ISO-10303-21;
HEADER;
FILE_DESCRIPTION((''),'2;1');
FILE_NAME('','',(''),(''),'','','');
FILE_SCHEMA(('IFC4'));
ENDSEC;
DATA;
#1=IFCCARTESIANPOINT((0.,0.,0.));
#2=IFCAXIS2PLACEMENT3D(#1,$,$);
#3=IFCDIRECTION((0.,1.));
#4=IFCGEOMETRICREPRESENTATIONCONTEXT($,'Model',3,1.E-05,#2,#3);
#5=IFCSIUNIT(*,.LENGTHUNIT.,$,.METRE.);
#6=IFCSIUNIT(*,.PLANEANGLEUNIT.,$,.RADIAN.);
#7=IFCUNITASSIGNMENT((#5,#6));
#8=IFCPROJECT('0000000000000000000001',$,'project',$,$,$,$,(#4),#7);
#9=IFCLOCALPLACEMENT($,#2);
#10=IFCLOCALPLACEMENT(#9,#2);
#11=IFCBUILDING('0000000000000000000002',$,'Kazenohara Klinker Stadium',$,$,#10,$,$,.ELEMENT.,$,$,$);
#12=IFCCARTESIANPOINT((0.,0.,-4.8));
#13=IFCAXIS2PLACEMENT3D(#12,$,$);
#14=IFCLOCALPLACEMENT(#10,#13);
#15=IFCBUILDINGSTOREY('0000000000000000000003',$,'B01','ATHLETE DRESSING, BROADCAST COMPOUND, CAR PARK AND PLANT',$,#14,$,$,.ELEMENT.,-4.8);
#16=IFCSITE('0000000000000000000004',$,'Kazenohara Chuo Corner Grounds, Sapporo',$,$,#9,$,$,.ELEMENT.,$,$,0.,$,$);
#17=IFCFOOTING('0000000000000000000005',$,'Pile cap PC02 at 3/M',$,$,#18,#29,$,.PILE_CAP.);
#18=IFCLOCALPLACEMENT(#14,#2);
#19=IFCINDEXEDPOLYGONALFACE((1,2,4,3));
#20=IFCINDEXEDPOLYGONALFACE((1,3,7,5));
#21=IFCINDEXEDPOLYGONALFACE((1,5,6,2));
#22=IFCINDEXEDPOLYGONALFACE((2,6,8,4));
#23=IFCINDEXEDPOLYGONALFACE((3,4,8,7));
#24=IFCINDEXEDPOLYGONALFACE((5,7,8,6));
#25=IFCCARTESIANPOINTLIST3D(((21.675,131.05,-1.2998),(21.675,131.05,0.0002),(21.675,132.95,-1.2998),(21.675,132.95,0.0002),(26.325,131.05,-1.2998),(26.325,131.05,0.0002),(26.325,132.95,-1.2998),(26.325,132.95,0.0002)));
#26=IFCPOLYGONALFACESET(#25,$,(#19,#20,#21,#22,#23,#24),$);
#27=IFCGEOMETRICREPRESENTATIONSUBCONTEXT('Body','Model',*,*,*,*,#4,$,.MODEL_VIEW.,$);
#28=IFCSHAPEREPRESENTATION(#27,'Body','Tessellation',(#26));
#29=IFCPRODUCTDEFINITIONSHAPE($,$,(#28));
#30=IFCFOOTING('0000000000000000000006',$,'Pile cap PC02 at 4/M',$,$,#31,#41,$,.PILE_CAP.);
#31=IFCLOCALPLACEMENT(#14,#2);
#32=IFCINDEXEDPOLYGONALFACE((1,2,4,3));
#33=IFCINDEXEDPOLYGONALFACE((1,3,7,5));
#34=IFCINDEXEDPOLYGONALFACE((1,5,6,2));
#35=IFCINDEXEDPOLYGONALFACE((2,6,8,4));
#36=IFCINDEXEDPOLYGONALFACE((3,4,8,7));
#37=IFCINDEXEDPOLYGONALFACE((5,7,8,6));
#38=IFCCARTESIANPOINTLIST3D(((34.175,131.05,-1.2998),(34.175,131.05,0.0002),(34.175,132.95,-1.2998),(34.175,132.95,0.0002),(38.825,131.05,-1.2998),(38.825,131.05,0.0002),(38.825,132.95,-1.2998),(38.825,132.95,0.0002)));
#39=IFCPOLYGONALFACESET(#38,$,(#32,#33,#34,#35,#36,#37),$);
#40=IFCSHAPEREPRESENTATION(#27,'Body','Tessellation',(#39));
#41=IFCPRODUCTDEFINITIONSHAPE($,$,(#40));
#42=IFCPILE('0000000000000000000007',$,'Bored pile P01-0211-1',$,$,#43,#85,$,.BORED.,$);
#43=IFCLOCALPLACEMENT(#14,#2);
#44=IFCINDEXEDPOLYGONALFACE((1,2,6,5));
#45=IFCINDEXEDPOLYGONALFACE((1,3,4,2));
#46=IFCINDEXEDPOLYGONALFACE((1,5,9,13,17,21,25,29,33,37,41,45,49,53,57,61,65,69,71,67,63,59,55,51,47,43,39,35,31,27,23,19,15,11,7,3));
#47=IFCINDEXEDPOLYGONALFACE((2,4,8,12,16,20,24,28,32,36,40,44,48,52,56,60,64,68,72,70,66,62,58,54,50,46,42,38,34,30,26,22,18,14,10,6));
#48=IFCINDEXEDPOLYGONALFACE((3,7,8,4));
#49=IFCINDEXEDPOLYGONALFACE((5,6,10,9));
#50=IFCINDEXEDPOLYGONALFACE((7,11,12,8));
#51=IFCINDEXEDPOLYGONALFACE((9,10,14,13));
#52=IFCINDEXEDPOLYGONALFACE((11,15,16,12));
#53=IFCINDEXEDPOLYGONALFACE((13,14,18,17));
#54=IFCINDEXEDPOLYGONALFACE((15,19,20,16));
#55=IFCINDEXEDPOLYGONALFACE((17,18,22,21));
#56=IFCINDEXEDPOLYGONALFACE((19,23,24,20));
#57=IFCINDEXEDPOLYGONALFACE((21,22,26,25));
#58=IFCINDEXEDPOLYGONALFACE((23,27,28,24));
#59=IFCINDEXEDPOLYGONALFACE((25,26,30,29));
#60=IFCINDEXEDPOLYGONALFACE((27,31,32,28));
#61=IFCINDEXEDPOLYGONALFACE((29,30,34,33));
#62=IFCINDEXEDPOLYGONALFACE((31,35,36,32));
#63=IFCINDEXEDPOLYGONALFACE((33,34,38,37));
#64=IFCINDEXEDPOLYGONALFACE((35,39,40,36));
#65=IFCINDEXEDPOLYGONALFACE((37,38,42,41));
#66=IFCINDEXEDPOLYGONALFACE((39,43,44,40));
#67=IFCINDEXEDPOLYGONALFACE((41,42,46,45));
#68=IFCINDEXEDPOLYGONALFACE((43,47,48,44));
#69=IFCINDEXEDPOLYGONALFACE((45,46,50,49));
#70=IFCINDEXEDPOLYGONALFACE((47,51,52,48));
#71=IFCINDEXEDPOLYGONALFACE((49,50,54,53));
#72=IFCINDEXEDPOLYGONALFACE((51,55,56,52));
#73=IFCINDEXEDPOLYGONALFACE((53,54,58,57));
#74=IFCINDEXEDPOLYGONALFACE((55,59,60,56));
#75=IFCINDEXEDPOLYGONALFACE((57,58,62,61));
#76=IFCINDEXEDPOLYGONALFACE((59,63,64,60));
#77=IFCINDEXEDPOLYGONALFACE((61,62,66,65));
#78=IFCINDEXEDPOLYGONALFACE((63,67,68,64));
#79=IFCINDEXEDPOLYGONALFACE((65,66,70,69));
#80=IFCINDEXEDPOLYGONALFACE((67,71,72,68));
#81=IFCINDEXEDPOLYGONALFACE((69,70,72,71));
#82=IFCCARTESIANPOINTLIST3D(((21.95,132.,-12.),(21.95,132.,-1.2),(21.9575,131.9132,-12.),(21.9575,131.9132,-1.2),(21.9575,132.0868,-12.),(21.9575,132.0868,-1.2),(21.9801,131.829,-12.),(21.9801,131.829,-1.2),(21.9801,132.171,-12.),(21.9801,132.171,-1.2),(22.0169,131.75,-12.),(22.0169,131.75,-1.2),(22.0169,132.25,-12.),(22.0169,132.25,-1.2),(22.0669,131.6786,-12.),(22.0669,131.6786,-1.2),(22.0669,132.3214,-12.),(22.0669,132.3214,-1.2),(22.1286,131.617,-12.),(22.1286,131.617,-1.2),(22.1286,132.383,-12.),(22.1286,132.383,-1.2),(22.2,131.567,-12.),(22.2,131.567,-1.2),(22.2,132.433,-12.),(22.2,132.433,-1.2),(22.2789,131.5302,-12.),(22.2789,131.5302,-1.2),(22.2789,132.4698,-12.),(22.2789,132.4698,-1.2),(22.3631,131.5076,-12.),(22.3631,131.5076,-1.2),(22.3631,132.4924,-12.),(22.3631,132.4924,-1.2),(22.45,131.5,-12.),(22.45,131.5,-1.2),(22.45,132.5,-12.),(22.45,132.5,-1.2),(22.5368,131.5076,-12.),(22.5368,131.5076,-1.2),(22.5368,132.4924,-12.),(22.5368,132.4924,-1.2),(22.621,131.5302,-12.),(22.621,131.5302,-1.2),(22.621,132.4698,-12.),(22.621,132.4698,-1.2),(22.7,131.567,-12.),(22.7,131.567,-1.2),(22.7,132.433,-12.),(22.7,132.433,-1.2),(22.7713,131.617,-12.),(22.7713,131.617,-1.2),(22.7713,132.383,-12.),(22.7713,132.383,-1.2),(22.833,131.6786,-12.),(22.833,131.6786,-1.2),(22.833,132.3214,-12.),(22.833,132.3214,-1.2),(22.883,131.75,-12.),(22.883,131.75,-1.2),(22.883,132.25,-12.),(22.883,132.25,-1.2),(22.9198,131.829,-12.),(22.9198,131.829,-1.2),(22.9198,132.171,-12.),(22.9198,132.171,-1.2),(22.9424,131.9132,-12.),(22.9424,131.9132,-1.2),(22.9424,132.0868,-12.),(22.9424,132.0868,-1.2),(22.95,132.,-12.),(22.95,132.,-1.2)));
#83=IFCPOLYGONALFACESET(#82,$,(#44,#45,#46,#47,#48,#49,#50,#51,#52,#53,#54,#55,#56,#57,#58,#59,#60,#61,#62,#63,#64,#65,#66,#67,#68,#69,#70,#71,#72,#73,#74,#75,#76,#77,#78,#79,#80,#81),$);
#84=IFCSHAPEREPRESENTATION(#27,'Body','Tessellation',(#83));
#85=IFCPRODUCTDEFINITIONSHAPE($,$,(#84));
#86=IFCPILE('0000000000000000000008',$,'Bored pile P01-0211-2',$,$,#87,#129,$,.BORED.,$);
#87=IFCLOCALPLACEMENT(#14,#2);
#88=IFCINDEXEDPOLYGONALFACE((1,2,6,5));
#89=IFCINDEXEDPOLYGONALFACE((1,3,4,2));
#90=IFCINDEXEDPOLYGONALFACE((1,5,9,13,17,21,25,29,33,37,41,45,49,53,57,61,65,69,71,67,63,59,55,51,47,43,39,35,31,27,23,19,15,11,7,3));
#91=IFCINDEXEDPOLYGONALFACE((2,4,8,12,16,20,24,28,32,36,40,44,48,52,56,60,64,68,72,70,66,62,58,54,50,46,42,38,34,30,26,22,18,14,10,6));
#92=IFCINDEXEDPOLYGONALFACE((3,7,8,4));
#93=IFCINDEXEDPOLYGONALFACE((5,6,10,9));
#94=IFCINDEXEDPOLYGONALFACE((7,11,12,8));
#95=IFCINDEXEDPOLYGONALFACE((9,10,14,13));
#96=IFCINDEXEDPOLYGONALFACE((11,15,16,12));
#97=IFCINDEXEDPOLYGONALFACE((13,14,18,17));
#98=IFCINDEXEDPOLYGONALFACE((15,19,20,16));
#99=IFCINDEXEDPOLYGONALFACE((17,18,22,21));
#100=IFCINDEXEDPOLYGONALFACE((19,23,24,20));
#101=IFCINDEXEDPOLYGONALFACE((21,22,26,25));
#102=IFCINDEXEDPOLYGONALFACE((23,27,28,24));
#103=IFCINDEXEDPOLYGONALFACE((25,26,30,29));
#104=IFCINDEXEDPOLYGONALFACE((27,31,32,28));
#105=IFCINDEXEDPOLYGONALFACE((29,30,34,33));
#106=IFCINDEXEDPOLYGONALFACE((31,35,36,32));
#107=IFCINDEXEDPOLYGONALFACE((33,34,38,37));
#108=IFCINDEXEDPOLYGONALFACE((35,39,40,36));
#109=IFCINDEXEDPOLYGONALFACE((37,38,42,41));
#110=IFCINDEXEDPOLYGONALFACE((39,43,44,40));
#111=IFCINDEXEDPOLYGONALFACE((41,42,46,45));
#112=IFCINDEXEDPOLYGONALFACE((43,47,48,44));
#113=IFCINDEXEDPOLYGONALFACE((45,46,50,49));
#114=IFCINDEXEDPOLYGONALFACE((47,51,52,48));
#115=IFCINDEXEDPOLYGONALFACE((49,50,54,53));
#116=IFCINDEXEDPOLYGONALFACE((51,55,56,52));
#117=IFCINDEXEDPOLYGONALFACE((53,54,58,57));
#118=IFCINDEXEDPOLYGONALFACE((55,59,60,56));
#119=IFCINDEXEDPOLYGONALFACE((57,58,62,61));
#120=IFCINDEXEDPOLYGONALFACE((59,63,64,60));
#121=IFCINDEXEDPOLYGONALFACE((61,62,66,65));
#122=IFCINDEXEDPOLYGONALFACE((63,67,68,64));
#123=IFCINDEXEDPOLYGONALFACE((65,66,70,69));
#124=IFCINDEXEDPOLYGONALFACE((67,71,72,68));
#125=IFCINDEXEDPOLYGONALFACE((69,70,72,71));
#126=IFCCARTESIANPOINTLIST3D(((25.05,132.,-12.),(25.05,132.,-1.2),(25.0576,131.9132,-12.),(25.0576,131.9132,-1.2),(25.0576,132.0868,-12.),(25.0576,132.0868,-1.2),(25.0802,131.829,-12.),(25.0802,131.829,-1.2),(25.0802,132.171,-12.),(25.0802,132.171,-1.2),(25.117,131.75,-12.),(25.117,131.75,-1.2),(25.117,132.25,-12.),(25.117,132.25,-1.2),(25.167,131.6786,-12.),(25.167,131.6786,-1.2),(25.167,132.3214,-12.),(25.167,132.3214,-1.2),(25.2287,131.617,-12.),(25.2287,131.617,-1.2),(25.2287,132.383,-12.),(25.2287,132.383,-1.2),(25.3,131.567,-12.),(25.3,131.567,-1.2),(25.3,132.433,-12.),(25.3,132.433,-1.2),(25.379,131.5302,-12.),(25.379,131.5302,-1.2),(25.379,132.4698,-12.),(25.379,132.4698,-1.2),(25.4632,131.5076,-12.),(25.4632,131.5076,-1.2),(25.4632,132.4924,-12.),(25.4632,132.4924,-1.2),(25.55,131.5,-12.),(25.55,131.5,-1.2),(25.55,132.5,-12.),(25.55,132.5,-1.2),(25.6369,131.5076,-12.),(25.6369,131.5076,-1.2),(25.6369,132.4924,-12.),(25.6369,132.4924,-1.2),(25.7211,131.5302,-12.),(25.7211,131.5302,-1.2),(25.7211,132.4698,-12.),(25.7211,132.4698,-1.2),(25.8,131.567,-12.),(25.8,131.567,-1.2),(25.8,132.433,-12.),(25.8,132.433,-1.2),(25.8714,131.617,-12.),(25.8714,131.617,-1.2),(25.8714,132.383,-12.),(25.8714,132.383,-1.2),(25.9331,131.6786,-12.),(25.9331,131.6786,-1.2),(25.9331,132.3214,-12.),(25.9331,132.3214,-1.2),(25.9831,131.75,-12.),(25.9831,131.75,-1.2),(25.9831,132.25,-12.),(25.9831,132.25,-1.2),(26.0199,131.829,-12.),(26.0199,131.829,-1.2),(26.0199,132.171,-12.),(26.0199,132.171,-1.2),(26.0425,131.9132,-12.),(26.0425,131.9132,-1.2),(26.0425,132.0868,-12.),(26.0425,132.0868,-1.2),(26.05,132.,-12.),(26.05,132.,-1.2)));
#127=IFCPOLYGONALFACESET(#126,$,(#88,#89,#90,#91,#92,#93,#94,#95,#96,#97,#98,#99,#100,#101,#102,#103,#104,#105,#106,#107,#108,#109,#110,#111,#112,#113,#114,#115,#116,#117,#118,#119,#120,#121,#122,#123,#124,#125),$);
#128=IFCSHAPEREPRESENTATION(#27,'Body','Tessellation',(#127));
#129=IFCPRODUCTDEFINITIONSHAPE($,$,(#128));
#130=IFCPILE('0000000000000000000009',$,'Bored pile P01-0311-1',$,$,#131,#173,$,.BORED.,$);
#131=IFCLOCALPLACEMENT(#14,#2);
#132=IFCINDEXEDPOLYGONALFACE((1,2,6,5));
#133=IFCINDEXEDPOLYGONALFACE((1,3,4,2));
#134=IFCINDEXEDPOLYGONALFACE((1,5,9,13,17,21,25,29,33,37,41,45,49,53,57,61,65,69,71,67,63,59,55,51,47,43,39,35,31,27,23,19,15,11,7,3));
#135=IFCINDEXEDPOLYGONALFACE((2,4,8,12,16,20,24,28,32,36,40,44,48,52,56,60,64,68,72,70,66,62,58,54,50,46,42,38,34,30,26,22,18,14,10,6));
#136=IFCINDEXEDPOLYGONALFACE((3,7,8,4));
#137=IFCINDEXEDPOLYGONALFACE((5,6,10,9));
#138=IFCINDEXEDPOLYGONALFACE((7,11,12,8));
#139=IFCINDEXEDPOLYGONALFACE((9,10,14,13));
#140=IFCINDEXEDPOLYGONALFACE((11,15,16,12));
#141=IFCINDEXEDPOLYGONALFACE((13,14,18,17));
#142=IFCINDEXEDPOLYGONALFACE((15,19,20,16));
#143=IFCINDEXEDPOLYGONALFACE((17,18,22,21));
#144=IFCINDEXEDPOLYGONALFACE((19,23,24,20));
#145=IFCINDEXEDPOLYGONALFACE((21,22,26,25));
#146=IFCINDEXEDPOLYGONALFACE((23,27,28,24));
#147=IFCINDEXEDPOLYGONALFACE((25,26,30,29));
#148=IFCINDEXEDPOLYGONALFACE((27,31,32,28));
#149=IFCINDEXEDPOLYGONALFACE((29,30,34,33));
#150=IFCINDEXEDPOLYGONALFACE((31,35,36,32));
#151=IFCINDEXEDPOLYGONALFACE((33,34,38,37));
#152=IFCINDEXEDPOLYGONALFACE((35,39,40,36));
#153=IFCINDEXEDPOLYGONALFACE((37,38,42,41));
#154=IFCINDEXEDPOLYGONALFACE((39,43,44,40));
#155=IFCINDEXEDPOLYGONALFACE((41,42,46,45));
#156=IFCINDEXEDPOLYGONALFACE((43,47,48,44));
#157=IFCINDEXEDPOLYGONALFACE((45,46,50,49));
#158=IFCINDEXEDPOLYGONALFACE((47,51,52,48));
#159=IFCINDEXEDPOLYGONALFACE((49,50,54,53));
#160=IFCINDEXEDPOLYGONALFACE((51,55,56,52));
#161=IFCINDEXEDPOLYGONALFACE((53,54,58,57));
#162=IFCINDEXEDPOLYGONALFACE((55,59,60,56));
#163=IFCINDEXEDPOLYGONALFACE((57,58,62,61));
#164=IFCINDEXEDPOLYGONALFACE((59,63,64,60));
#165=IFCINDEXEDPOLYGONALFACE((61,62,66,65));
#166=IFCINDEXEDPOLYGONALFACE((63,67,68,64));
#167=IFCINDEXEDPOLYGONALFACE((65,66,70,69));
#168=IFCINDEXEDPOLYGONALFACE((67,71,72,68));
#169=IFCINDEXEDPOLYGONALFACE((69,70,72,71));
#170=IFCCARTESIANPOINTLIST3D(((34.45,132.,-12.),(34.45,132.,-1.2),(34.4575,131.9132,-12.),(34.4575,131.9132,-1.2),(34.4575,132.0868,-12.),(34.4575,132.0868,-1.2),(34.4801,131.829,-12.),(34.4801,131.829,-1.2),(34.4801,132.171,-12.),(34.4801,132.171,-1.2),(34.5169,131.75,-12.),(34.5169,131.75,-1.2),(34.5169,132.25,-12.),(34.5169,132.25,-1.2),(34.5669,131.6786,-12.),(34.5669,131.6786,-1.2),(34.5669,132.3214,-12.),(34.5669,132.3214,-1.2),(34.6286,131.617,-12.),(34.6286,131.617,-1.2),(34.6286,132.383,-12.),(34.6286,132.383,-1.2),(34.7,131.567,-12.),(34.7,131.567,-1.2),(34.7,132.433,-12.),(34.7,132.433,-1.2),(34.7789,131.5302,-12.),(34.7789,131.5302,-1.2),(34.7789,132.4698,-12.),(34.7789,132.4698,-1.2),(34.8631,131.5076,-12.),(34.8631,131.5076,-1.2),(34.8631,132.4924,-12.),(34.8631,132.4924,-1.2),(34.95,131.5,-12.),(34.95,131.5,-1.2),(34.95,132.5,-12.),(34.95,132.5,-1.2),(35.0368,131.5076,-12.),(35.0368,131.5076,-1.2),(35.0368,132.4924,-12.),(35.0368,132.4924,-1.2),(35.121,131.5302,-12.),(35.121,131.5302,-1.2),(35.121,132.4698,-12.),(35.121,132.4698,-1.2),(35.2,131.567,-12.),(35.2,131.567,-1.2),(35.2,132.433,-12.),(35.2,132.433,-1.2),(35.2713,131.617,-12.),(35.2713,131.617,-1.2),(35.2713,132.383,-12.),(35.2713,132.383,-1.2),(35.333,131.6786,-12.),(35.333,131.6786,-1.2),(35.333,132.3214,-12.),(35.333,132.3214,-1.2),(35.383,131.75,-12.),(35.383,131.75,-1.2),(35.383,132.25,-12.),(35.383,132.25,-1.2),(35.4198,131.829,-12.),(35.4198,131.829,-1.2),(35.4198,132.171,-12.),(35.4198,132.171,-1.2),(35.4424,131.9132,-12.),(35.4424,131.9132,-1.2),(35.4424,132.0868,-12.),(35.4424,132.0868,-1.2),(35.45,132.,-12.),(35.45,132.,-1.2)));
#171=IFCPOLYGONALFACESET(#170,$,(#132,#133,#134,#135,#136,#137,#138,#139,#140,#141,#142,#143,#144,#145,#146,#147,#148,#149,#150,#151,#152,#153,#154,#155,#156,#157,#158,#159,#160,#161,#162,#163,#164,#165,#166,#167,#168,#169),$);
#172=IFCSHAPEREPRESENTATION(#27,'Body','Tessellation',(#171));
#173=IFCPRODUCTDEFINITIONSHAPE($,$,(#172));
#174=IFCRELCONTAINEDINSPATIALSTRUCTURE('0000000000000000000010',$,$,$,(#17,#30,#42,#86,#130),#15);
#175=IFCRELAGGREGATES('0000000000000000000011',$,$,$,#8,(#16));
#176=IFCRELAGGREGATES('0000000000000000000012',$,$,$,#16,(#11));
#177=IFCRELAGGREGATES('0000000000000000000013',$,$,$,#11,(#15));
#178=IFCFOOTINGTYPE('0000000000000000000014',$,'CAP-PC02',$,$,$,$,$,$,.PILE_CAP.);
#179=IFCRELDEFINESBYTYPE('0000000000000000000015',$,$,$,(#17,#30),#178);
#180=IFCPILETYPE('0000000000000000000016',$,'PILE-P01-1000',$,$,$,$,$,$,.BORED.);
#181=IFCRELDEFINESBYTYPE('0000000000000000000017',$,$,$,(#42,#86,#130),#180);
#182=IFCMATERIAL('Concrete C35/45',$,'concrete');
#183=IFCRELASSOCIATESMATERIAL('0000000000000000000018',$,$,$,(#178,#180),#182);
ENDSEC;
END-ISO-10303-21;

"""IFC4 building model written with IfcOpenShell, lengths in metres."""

from ifc_helpers import new_model, si_unit, direction, frame, origin, origin_2d, place, context, subcontext, project, spatial, rectangle, circle, extrude, material, material_profile, profile_set, type_object, element, save


model = new_model("IFC4")

# Units and contexts
model_context = context("Model", 3, precision=1e-05, world=origin(), true_north=direction((0.0, 1.0)))
body_context = subcontext(model_context, "Body", "Model", "MODEL_VIEW")
ifc_project = project(units=[si_unit("LENGTHUNIT", "METRE"), si_unit("PLANEANGLEUNIT", "RADIAN")], contexts=[model_context])

# Site, building, storey
site_placement = place(None, origin())
site = spatial("IfcSite", under=ifc_project, at=site_placement, Name="Kazenohara Chuo Corner Grounds, Sapporo", CompositionType="ELEMENT", RefElevation=0.0)
building_placement = place(site_placement, origin())
building = spatial("IfcBuilding", under=site, at=building_placement, Name="Kazenohara Klinker Stadium", CompositionType="ELEMENT")
storey_placement = place(building_placement, frame((0.0, 0.0, -4.8)))
storey = spatial("IfcBuildingStorey", under=building, at=storey_placement, Name="B01", Description="ATHLETE DRESSING, BROADCAST COMPOUND, CAR PARK AND PLANT", CompositionType="ELEMENT", Elevation=-4.8)

# Footings
ifc_material_1 = material(Name="Concrete C35/45", Category="concrete")
footing_type = type_object("IfcFootingType", Name="CAP-PC02", PredefinedType="PILE_CAP", material=ifc_material_1)
for number, where, z_axis, x_axis, name in (
    (1, (24.0, 132.0, -1.2998), (0.0, 0.0, 1.0), (1.0, 0.0, 0.0), "Pile cap PC02 at 3/M"),
    (2, (36.5, 132.0, -1.2998), (0.0, 0.0, 1.0), (1.0, 0.0, 0.0), "Pile cap PC02 at 4/M"),
):
    element("IfcFooting", number, at=place(storey_placement, frame(where, z_axis=z_axis, x_axis=x_axis)), inside=storey, type_object=footing_type, Name=name, PredefinedType="PILE_CAP", context=body_context, shape_type="SweptSolid", body=[
        extrude(rectangle(XDim=4.6499, YDim=1.8999, at=origin_2d()), origin(), (0.0, 0.0, 1.0), 1.3),
    ])

# Piles
ifc_material_profile_1 = material_profile(ifc_material_1, circle(Radius=0.5, at=origin_2d()), Name="BORED-PILE-1000")
ifc_profile_set_1 = profile_set([ifc_material_profile_1], Name="Concrete C35/45")
pile_type_1 = type_object("IfcPileType", Name="PILE-P01-1000", PredefinedType="BORED", material=ifc_profile_set_1)
for number, where, z_axis, x_axis, name in (
    (3, (22.45, 132.0, -1.2), (0.0, 0.0, -1.0), (1.0, 0.0, 0.0), "Bored pile P01-0211-1"),
    (4, (25.55, 132.0, -1.2), (0.0, 0.0, -1.0), (1.0, 0.0, 0.0), "Bored pile P01-0211-2"),
    (5, (34.95, 132.0, -1.2), (0.0, 0.0, -1.0), (1.0, 0.0, 0.0), "Bored pile P01-0311-1"),
):
    element("IfcPile", number, at=place(storey_placement, frame(where, z_axis=z_axis, x_axis=x_axis)), inside=storey, type_object=pile_type_1, Name=name, PredefinedType="BORED", context=body_context, shape_type="SweptSolid", body=[
        extrude(circle(Radius=0.5, at=origin_2d()), origin(), (0.0, 0.0, 1.0), 10.8),
    ])

save(model, "model.ifc")
